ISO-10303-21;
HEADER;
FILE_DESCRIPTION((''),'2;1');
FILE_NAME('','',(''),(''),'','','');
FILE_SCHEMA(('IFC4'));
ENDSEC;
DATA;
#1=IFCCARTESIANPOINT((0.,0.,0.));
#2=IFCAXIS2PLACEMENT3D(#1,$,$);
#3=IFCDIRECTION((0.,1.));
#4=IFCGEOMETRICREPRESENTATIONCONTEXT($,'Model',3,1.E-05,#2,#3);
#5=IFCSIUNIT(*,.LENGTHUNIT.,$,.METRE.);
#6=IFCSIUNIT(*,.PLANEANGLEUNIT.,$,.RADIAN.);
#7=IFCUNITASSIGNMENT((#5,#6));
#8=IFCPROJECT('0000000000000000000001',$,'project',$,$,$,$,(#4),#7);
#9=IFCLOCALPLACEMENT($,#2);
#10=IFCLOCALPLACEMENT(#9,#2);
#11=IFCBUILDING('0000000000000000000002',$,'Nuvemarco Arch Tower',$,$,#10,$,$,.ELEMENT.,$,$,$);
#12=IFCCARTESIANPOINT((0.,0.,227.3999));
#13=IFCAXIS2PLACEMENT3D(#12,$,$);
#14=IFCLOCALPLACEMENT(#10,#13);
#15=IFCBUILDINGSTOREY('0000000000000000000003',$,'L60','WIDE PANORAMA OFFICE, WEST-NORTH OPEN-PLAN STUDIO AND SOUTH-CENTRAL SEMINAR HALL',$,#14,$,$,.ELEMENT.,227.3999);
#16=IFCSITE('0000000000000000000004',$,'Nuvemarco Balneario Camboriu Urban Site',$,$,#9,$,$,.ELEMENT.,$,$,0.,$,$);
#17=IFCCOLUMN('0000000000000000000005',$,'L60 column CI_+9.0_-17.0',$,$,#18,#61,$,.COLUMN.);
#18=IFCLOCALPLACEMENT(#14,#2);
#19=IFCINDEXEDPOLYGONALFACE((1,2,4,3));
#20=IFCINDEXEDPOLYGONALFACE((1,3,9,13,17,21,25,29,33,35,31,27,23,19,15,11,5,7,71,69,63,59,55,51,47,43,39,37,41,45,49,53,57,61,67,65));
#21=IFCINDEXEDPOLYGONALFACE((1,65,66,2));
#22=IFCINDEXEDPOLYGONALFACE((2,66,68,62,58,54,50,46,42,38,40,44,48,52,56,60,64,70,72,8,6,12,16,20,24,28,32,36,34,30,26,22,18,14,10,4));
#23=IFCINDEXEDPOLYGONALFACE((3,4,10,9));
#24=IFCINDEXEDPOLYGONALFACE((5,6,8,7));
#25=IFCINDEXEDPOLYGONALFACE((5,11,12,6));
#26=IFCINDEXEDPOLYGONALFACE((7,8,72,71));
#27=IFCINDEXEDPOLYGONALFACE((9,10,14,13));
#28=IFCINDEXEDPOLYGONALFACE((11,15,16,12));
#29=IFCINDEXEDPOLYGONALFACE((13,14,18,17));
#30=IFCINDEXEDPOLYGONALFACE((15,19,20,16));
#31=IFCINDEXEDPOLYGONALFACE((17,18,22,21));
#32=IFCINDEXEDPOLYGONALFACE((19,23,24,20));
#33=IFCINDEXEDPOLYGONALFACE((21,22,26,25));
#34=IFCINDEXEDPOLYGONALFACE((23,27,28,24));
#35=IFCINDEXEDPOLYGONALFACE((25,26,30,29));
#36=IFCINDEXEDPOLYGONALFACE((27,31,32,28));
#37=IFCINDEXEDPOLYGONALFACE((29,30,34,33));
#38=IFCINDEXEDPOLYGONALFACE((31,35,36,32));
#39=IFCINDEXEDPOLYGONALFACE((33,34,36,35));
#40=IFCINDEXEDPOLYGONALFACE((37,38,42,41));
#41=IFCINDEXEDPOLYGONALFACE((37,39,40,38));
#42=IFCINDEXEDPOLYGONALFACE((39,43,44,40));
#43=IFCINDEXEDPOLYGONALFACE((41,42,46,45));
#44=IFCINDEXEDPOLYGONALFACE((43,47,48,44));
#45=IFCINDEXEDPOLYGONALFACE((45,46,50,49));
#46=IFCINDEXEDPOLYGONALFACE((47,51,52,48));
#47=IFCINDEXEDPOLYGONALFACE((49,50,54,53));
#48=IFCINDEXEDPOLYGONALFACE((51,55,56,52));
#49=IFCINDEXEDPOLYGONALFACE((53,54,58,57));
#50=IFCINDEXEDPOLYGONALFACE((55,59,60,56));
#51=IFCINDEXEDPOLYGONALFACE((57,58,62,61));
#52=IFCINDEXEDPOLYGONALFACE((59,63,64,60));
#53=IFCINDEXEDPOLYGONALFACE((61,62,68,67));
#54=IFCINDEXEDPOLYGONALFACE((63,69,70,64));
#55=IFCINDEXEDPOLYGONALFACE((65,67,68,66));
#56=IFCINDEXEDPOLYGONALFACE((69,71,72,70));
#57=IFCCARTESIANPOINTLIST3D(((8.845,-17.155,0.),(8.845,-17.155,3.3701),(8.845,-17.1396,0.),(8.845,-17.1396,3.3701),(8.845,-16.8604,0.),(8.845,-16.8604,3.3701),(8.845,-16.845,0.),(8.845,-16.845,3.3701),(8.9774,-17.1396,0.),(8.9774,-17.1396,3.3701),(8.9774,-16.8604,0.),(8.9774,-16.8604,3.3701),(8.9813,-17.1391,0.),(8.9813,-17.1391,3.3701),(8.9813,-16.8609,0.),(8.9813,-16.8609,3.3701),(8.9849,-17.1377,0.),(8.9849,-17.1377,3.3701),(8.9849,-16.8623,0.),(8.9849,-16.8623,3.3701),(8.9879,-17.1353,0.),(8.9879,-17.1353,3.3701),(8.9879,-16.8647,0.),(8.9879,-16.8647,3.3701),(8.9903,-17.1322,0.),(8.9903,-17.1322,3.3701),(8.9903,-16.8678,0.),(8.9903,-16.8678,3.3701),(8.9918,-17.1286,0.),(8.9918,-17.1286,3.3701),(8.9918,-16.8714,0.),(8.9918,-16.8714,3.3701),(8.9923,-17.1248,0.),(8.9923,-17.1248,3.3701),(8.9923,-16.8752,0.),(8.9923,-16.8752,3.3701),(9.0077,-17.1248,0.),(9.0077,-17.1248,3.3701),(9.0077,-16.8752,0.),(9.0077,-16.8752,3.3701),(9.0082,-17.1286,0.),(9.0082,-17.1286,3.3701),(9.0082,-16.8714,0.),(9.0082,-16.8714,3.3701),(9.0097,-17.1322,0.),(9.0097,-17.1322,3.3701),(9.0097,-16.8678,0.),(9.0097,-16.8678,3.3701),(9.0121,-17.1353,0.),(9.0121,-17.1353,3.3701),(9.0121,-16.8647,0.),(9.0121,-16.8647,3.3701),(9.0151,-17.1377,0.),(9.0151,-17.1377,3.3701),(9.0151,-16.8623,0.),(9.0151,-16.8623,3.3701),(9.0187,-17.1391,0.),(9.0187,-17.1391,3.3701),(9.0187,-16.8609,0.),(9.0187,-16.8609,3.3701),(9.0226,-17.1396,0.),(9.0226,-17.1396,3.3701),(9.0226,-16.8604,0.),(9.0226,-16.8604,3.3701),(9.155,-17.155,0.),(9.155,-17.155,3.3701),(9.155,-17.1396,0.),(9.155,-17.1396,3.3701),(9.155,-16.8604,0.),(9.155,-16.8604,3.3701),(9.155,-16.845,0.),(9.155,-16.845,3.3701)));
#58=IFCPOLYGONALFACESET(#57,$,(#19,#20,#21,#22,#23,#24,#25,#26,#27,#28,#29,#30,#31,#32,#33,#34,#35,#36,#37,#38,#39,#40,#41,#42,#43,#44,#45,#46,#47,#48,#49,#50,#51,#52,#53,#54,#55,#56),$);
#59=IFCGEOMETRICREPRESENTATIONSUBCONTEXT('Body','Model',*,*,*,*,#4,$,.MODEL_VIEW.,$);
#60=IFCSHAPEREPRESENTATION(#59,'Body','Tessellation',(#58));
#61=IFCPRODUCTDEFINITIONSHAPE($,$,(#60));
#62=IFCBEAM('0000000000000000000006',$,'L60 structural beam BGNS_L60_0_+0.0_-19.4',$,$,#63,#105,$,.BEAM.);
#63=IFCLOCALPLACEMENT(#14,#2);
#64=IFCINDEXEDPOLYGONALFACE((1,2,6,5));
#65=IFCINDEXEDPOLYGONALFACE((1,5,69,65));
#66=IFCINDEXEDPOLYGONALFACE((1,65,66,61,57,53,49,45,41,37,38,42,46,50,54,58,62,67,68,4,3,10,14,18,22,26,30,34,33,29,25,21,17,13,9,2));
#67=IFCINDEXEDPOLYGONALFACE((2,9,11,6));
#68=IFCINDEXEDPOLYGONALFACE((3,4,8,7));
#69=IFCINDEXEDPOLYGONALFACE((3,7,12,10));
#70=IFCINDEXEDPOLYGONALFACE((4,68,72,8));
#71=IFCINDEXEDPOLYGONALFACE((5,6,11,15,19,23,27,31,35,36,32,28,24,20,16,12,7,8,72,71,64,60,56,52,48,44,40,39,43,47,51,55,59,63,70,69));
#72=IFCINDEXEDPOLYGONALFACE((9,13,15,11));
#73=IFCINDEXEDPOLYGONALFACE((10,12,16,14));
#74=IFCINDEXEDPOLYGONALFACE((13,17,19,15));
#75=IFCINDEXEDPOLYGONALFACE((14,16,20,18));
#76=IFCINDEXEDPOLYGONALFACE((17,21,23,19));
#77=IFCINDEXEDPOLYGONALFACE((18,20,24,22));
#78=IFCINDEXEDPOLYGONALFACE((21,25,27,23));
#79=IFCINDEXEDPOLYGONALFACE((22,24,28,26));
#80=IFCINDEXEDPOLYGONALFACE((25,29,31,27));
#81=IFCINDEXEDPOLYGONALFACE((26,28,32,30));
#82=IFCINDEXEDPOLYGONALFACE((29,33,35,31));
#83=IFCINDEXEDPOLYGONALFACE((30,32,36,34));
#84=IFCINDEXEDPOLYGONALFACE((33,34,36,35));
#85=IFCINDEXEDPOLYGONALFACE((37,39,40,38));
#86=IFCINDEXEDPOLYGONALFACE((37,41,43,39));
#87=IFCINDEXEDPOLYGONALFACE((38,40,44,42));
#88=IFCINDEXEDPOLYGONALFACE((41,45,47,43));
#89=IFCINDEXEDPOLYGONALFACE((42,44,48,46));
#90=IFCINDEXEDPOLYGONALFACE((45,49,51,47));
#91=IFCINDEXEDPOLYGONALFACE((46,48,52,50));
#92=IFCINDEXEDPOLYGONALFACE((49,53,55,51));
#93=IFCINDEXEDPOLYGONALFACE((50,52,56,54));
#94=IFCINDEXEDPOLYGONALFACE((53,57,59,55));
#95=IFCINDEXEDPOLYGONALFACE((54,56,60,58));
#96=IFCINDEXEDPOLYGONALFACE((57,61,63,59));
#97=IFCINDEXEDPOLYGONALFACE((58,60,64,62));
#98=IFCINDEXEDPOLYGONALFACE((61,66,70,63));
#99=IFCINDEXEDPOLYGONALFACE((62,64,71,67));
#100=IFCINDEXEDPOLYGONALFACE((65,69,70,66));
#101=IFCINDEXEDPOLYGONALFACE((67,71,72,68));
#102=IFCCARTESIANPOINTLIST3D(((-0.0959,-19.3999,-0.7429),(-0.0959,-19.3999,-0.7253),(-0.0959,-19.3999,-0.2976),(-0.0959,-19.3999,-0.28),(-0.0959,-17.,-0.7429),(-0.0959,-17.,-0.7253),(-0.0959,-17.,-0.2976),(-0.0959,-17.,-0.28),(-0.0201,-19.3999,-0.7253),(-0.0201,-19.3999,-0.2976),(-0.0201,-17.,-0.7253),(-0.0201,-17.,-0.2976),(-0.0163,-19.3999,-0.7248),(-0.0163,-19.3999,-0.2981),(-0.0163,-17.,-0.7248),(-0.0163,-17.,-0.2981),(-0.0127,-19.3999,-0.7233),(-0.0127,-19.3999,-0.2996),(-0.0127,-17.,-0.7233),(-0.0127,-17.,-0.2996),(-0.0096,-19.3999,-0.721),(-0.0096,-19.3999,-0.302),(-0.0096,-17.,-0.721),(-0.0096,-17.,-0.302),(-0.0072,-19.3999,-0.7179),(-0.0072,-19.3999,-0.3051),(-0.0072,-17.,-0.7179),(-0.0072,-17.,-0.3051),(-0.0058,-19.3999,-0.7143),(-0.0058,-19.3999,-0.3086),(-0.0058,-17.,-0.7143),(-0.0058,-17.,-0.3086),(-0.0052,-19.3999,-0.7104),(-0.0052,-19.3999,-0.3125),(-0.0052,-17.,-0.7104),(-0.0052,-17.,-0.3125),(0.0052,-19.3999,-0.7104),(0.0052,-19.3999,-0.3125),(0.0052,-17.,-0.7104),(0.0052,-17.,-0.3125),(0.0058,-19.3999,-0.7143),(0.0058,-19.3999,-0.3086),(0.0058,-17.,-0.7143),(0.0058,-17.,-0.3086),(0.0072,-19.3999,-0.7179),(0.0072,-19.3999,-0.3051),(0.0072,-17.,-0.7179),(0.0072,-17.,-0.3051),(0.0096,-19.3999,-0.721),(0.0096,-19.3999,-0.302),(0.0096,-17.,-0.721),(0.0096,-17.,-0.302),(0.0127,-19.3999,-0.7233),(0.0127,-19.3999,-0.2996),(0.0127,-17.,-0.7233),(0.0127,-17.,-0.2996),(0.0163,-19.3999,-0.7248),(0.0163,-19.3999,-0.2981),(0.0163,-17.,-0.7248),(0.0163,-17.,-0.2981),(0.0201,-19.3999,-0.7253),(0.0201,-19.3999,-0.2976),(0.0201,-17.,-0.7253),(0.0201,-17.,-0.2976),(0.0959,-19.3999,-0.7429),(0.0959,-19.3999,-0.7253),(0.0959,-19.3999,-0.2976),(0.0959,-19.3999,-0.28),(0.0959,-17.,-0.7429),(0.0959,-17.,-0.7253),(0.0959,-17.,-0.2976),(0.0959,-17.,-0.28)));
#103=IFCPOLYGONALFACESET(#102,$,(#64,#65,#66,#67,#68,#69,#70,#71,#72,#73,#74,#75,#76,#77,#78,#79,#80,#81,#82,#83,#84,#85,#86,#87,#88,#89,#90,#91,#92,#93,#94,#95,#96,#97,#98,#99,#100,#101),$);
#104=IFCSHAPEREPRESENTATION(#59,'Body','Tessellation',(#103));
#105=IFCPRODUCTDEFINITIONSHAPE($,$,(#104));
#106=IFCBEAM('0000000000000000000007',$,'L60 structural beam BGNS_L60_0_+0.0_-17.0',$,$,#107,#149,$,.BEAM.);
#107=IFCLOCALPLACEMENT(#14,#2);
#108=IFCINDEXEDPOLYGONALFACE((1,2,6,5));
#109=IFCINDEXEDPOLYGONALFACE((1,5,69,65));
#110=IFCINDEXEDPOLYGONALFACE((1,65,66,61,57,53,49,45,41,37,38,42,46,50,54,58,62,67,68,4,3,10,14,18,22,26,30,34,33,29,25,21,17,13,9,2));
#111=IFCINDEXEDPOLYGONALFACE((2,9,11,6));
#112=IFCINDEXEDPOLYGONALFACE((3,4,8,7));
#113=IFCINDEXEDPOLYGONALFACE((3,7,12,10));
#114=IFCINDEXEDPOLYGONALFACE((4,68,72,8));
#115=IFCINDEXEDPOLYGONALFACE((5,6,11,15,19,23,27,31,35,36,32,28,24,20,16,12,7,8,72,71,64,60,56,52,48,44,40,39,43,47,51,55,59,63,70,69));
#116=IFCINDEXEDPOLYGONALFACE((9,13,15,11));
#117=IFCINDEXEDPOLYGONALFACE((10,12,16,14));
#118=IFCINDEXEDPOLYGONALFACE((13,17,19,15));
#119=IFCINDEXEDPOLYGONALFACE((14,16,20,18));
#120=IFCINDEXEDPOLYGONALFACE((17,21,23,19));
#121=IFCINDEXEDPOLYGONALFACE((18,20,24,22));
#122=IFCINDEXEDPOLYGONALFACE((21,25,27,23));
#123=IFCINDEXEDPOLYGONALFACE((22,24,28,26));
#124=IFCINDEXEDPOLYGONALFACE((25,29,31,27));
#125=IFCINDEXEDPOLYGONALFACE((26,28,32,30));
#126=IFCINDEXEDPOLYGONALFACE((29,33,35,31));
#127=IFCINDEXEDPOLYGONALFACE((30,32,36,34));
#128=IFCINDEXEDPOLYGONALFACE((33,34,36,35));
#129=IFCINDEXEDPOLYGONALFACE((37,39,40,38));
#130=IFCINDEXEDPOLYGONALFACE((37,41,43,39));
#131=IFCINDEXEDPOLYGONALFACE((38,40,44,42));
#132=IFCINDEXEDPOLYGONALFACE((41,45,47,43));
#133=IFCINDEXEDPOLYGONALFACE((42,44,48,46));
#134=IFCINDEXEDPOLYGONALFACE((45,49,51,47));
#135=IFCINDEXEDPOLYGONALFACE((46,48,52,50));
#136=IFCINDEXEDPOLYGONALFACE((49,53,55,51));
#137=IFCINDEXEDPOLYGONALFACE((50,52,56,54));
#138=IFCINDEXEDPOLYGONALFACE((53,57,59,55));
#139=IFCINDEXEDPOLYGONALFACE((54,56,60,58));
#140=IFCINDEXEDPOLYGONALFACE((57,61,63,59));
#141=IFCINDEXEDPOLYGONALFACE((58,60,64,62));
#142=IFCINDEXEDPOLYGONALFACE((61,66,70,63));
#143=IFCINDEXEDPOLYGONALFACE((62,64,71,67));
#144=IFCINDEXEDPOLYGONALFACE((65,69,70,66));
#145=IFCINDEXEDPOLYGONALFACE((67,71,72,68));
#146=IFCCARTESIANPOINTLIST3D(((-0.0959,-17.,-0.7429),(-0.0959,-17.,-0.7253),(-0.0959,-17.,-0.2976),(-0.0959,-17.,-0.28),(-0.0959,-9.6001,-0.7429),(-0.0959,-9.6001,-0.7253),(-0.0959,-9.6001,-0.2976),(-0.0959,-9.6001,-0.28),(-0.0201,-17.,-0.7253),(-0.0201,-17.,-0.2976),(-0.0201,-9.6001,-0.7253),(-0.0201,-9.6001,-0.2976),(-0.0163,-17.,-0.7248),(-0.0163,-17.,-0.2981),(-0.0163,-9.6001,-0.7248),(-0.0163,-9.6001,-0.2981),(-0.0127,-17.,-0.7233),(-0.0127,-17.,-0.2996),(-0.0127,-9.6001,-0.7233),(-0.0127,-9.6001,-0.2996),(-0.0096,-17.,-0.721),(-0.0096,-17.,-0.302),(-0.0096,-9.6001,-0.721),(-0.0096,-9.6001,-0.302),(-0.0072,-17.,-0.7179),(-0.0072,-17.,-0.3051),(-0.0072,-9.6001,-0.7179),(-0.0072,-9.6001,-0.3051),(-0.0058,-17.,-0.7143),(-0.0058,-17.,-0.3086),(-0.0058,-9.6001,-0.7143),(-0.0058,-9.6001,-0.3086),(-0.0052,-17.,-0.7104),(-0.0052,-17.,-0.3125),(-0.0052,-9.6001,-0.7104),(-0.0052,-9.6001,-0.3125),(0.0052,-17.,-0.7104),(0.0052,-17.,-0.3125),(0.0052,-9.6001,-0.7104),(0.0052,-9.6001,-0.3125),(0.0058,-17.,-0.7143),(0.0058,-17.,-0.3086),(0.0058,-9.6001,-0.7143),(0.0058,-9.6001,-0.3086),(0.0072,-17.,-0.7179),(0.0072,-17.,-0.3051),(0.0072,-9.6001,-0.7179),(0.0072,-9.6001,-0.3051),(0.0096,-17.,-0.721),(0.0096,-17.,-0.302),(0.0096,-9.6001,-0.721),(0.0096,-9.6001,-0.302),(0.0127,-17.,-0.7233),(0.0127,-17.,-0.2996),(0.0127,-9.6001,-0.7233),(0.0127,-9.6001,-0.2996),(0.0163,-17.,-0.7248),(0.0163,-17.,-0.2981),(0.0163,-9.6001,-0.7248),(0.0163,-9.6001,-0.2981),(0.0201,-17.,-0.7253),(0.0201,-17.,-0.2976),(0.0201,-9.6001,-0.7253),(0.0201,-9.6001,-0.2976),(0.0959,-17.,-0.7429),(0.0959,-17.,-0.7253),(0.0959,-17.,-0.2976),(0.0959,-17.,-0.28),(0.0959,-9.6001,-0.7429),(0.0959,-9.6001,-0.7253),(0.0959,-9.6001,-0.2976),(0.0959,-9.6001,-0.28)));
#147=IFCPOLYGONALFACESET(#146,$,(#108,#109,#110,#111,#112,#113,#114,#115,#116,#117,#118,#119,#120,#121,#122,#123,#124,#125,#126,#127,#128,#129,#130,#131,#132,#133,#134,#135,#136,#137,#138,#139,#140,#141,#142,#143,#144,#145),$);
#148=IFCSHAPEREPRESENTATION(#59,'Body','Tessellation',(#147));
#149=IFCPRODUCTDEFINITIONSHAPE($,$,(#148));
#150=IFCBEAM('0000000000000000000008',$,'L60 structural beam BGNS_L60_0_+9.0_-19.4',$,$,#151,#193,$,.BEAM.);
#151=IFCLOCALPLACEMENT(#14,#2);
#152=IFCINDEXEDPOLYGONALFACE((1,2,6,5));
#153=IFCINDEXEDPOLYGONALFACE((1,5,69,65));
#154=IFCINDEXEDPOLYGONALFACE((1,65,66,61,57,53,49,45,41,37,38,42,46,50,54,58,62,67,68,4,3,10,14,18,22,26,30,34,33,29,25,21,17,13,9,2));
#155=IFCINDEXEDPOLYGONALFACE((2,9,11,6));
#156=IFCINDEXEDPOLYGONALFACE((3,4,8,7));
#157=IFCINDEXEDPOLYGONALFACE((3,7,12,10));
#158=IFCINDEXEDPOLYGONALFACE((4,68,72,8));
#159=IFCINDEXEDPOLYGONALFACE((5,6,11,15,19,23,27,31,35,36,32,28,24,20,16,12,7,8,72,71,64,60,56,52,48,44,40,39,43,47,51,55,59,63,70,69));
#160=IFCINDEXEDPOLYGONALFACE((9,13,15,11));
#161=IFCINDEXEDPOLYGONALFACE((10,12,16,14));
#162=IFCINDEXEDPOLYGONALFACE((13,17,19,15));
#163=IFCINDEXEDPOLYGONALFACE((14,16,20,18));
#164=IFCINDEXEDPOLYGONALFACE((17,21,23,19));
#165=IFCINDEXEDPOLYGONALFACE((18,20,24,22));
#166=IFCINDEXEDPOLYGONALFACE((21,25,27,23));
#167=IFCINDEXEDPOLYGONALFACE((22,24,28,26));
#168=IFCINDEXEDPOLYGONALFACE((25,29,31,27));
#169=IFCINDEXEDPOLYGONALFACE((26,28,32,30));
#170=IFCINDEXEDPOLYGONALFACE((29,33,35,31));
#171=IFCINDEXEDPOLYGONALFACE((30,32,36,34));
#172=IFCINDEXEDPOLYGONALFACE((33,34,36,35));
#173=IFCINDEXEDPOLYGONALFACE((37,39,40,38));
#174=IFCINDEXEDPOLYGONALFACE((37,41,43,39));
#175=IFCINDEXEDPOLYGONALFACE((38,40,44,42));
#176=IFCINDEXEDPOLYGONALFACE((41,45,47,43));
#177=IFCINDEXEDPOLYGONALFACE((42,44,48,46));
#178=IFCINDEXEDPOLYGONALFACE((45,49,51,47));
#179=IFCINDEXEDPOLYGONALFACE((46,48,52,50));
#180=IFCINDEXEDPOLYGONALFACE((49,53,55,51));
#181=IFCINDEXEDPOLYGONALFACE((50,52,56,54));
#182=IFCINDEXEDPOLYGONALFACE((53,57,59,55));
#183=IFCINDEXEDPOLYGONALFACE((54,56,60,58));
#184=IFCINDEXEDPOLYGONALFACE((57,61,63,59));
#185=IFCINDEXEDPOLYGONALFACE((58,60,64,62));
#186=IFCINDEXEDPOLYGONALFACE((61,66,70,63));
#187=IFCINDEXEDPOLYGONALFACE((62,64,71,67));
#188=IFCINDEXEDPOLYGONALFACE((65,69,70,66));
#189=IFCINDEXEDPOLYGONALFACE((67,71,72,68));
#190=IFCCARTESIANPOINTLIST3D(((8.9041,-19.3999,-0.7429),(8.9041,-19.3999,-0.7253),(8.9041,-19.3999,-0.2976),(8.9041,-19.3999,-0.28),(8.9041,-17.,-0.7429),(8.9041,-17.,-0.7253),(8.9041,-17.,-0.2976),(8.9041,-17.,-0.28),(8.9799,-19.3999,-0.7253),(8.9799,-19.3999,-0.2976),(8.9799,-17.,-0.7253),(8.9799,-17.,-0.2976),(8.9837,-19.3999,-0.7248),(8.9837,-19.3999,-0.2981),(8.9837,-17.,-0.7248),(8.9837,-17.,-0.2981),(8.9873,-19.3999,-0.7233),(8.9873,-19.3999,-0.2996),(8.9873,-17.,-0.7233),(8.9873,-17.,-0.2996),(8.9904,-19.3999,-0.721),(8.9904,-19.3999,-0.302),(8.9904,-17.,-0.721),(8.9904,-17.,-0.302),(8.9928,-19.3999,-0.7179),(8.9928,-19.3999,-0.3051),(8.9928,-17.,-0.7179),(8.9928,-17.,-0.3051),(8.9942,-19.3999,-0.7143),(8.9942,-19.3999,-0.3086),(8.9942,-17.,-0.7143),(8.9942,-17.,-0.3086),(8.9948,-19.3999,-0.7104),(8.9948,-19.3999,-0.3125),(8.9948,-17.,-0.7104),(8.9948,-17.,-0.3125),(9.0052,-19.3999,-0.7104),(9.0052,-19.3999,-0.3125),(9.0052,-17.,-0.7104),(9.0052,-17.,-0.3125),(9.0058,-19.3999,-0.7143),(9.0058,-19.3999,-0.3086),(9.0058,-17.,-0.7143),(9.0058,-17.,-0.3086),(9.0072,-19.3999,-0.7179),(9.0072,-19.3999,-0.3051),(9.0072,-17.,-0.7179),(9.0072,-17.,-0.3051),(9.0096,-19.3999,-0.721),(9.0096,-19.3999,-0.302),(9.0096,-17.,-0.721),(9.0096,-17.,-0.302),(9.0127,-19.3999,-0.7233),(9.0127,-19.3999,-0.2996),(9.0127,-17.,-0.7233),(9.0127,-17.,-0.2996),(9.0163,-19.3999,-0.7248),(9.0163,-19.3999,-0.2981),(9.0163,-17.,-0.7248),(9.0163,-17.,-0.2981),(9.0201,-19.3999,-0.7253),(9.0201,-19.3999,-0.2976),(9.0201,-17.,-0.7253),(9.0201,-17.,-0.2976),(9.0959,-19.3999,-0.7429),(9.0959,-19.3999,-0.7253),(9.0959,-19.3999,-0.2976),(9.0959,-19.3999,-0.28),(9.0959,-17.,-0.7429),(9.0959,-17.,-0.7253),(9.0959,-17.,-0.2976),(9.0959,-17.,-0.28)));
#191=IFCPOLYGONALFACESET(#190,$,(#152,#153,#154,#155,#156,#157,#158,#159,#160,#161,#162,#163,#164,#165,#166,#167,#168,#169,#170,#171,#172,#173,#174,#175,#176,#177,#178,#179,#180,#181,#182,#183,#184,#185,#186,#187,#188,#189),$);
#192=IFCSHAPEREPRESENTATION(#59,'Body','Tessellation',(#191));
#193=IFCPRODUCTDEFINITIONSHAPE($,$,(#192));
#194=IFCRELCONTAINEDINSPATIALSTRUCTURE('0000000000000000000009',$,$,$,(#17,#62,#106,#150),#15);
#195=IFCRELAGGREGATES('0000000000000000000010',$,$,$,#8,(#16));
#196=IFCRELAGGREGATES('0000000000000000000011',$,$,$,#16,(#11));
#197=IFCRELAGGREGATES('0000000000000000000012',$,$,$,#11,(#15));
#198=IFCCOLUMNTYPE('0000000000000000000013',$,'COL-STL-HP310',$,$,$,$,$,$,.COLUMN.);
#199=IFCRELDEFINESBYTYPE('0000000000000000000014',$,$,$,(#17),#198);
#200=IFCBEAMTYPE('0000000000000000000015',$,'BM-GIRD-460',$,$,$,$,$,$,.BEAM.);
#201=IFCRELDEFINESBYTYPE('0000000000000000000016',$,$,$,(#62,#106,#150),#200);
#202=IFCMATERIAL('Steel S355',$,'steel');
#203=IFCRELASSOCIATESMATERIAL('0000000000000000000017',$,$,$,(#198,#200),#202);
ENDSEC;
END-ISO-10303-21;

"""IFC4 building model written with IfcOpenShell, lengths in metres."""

from ifc_helpers import new_model, si_unit, direction, frame, origin, origin_2d, place, context, subcontext, project, spatial, i_section, extrude, material, material_profile, profile_set, type_object, element, save


model = new_model("IFC4")

# Units and contexts
model_context = context("Model", 3, precision=1e-05, world=origin(), true_north=direction((0.0, 1.0)))
body_context = subcontext(model_context, "Body", "Model", "MODEL_VIEW")
ifc_project = project(units=[si_unit("LENGTHUNIT", "METRE"), si_unit("PLANEANGLEUNIT", "RADIAN")], contexts=[model_context])

# Site, building, storey
site_placement = place(None, origin())
site = spatial("IfcSite", under=ifc_project, at=site_placement, Name="Nuvemarco Balneario Camboriu Urban Site", CompositionType="ELEMENT", RefElevation=0.0)
building_placement = place(site_placement, origin())
building = spatial("IfcBuilding", under=site, at=building_placement, Name="Nuvemarco Arch Tower", CompositionType="ELEMENT")
storey_placement = place(building_placement, frame((0.0, 0.0, 227.3999)))
storey = spatial("IfcBuildingStorey", under=building, at=storey_placement, Name="L60", Description="WIDE PANORAMA OFFICE, WEST-NORTH OPEN-PLAN STUDIO AND SOUTH-CENTRAL SEMINAR HALL", CompositionType="ELEMENT", Elevation=227.3999)

# Column
ifc_material_1 = material(Name="Steel S355", Category="steel")
ifc_material_profile_1 = material_profile(ifc_material_1, i_section(OverallWidth=0.3101, OverallDepth=0.3101, WebThickness=0.0154, FlangeThickness=0.0154, FilletRadius=0.0149, at=origin_2d()), Name="HP310x110")
ifc_profile_set_1 = profile_set([ifc_material_profile_1], Name="Steel S355")
column_type_1 = type_object("IfcColumnType", Name="COL-STL-HP310", PredefinedType="COLUMN", material=ifc_profile_set_1)
for number, where, z_axis, x_axis, name in (
    (1, (9.0, -17.0, 0.0), (0.0, 0.0, 1.0), (1.0, 0.0, 0.0), "L60 column CI_+9.0_-17.0"),
):
    element("IfcColumn", number, at=place(storey_placement, frame(where, z_axis=z_axis, x_axis=x_axis)), inside=storey, type_object=column_type_1, Name=name, PredefinedType="COLUMN", context=body_context, shape_type="SweptSolid", body=[
        extrude(i_section(OverallWidth=0.3101, OverallDepth=0.3101, WebThickness=0.0154, FlangeThickness=0.0154, FilletRadius=0.0149, at=origin_2d()), origin(), (0.0, 0.0, 1.0), 3.3701),
    ])

# Beams
ifc_material_profile_2 = material_profile(ifc_material_1, i_section(OverallWidth=0.1919, OverallDepth=0.4629, WebThickness=0.0105, FlangeThickness=0.0176, FilletRadius=0.0149, at=origin_2d()), Name="W460x89")
ifc_profile_set_2 = profile_set([ifc_material_profile_2], Name="Steel S355")
beam_type_1 = type_object("IfcBeamType", Name="BM-GIRD-460", PredefinedType="BEAM", material=ifc_profile_set_2)
beam_1_placement = place(storey_placement, frame((0.0, -19.3999, -0.5115), z_axis=(0.0, 1.0, 0.0), x_axis=(-1.0, 0.0, 0.0)))
element("IfcBeam", 2, at=beam_1_placement, inside=storey, type_object=beam_type_1, Name="L60 structural beam BGNS_L60_0_+0.0_-19.4", PredefinedType="BEAM", context=body_context, shape_type="SweptSolid", body=[
    extrude(i_section(OverallWidth=0.1919, OverallDepth=0.4629, WebThickness=0.0105, FlangeThickness=0.0176, FilletRadius=0.0149, at=origin_2d()), origin(), (0.0, 0.0, 1.0), 2.3999),
])
beam_2_placement = place(storey_placement, frame((0.0, -17.0, -0.5115), z_axis=(0.0, 1.0, 0.0), x_axis=(-1.0, 0.0, 0.0)))
element("IfcBeam", 3, at=beam_2_placement, inside=storey, type_object=beam_type_1, Name="L60 structural beam BGNS_L60_0_+0.0_-17.0", PredefinedType="BEAM", context=body_context, shape_type="SweptSolid", body=[
    extrude(i_section(OverallWidth=0.1919, OverallDepth=0.4629, WebThickness=0.0105, FlangeThickness=0.0176, FilletRadius=0.0149, at=origin_2d()), origin(), (0.0, 0.0, 1.0), 7.3999),
])
beam_3_placement = place(storey_placement, frame((9.0, -19.3999, -0.5115), z_axis=(0.0, 1.0, 0.0), x_axis=(-1.0, 0.0, 0.0)))
element("IfcBeam", 4, at=beam_3_placement, inside=storey, type_object=beam_type_1, Name="L60 structural beam BGNS_L60_0_+9.0_-19.4", PredefinedType="BEAM", context=body_context, shape_type="SweptSolid", body=[
    extrude(i_section(OverallWidth=0.1919, OverallDepth=0.4629, WebThickness=0.0105, FlangeThickness=0.0176, FilletRadius=0.0149, at=origin_2d()), origin(), (0.0, 0.0, 1.0), 2.3999),
])

save(model, "model.ifc")
